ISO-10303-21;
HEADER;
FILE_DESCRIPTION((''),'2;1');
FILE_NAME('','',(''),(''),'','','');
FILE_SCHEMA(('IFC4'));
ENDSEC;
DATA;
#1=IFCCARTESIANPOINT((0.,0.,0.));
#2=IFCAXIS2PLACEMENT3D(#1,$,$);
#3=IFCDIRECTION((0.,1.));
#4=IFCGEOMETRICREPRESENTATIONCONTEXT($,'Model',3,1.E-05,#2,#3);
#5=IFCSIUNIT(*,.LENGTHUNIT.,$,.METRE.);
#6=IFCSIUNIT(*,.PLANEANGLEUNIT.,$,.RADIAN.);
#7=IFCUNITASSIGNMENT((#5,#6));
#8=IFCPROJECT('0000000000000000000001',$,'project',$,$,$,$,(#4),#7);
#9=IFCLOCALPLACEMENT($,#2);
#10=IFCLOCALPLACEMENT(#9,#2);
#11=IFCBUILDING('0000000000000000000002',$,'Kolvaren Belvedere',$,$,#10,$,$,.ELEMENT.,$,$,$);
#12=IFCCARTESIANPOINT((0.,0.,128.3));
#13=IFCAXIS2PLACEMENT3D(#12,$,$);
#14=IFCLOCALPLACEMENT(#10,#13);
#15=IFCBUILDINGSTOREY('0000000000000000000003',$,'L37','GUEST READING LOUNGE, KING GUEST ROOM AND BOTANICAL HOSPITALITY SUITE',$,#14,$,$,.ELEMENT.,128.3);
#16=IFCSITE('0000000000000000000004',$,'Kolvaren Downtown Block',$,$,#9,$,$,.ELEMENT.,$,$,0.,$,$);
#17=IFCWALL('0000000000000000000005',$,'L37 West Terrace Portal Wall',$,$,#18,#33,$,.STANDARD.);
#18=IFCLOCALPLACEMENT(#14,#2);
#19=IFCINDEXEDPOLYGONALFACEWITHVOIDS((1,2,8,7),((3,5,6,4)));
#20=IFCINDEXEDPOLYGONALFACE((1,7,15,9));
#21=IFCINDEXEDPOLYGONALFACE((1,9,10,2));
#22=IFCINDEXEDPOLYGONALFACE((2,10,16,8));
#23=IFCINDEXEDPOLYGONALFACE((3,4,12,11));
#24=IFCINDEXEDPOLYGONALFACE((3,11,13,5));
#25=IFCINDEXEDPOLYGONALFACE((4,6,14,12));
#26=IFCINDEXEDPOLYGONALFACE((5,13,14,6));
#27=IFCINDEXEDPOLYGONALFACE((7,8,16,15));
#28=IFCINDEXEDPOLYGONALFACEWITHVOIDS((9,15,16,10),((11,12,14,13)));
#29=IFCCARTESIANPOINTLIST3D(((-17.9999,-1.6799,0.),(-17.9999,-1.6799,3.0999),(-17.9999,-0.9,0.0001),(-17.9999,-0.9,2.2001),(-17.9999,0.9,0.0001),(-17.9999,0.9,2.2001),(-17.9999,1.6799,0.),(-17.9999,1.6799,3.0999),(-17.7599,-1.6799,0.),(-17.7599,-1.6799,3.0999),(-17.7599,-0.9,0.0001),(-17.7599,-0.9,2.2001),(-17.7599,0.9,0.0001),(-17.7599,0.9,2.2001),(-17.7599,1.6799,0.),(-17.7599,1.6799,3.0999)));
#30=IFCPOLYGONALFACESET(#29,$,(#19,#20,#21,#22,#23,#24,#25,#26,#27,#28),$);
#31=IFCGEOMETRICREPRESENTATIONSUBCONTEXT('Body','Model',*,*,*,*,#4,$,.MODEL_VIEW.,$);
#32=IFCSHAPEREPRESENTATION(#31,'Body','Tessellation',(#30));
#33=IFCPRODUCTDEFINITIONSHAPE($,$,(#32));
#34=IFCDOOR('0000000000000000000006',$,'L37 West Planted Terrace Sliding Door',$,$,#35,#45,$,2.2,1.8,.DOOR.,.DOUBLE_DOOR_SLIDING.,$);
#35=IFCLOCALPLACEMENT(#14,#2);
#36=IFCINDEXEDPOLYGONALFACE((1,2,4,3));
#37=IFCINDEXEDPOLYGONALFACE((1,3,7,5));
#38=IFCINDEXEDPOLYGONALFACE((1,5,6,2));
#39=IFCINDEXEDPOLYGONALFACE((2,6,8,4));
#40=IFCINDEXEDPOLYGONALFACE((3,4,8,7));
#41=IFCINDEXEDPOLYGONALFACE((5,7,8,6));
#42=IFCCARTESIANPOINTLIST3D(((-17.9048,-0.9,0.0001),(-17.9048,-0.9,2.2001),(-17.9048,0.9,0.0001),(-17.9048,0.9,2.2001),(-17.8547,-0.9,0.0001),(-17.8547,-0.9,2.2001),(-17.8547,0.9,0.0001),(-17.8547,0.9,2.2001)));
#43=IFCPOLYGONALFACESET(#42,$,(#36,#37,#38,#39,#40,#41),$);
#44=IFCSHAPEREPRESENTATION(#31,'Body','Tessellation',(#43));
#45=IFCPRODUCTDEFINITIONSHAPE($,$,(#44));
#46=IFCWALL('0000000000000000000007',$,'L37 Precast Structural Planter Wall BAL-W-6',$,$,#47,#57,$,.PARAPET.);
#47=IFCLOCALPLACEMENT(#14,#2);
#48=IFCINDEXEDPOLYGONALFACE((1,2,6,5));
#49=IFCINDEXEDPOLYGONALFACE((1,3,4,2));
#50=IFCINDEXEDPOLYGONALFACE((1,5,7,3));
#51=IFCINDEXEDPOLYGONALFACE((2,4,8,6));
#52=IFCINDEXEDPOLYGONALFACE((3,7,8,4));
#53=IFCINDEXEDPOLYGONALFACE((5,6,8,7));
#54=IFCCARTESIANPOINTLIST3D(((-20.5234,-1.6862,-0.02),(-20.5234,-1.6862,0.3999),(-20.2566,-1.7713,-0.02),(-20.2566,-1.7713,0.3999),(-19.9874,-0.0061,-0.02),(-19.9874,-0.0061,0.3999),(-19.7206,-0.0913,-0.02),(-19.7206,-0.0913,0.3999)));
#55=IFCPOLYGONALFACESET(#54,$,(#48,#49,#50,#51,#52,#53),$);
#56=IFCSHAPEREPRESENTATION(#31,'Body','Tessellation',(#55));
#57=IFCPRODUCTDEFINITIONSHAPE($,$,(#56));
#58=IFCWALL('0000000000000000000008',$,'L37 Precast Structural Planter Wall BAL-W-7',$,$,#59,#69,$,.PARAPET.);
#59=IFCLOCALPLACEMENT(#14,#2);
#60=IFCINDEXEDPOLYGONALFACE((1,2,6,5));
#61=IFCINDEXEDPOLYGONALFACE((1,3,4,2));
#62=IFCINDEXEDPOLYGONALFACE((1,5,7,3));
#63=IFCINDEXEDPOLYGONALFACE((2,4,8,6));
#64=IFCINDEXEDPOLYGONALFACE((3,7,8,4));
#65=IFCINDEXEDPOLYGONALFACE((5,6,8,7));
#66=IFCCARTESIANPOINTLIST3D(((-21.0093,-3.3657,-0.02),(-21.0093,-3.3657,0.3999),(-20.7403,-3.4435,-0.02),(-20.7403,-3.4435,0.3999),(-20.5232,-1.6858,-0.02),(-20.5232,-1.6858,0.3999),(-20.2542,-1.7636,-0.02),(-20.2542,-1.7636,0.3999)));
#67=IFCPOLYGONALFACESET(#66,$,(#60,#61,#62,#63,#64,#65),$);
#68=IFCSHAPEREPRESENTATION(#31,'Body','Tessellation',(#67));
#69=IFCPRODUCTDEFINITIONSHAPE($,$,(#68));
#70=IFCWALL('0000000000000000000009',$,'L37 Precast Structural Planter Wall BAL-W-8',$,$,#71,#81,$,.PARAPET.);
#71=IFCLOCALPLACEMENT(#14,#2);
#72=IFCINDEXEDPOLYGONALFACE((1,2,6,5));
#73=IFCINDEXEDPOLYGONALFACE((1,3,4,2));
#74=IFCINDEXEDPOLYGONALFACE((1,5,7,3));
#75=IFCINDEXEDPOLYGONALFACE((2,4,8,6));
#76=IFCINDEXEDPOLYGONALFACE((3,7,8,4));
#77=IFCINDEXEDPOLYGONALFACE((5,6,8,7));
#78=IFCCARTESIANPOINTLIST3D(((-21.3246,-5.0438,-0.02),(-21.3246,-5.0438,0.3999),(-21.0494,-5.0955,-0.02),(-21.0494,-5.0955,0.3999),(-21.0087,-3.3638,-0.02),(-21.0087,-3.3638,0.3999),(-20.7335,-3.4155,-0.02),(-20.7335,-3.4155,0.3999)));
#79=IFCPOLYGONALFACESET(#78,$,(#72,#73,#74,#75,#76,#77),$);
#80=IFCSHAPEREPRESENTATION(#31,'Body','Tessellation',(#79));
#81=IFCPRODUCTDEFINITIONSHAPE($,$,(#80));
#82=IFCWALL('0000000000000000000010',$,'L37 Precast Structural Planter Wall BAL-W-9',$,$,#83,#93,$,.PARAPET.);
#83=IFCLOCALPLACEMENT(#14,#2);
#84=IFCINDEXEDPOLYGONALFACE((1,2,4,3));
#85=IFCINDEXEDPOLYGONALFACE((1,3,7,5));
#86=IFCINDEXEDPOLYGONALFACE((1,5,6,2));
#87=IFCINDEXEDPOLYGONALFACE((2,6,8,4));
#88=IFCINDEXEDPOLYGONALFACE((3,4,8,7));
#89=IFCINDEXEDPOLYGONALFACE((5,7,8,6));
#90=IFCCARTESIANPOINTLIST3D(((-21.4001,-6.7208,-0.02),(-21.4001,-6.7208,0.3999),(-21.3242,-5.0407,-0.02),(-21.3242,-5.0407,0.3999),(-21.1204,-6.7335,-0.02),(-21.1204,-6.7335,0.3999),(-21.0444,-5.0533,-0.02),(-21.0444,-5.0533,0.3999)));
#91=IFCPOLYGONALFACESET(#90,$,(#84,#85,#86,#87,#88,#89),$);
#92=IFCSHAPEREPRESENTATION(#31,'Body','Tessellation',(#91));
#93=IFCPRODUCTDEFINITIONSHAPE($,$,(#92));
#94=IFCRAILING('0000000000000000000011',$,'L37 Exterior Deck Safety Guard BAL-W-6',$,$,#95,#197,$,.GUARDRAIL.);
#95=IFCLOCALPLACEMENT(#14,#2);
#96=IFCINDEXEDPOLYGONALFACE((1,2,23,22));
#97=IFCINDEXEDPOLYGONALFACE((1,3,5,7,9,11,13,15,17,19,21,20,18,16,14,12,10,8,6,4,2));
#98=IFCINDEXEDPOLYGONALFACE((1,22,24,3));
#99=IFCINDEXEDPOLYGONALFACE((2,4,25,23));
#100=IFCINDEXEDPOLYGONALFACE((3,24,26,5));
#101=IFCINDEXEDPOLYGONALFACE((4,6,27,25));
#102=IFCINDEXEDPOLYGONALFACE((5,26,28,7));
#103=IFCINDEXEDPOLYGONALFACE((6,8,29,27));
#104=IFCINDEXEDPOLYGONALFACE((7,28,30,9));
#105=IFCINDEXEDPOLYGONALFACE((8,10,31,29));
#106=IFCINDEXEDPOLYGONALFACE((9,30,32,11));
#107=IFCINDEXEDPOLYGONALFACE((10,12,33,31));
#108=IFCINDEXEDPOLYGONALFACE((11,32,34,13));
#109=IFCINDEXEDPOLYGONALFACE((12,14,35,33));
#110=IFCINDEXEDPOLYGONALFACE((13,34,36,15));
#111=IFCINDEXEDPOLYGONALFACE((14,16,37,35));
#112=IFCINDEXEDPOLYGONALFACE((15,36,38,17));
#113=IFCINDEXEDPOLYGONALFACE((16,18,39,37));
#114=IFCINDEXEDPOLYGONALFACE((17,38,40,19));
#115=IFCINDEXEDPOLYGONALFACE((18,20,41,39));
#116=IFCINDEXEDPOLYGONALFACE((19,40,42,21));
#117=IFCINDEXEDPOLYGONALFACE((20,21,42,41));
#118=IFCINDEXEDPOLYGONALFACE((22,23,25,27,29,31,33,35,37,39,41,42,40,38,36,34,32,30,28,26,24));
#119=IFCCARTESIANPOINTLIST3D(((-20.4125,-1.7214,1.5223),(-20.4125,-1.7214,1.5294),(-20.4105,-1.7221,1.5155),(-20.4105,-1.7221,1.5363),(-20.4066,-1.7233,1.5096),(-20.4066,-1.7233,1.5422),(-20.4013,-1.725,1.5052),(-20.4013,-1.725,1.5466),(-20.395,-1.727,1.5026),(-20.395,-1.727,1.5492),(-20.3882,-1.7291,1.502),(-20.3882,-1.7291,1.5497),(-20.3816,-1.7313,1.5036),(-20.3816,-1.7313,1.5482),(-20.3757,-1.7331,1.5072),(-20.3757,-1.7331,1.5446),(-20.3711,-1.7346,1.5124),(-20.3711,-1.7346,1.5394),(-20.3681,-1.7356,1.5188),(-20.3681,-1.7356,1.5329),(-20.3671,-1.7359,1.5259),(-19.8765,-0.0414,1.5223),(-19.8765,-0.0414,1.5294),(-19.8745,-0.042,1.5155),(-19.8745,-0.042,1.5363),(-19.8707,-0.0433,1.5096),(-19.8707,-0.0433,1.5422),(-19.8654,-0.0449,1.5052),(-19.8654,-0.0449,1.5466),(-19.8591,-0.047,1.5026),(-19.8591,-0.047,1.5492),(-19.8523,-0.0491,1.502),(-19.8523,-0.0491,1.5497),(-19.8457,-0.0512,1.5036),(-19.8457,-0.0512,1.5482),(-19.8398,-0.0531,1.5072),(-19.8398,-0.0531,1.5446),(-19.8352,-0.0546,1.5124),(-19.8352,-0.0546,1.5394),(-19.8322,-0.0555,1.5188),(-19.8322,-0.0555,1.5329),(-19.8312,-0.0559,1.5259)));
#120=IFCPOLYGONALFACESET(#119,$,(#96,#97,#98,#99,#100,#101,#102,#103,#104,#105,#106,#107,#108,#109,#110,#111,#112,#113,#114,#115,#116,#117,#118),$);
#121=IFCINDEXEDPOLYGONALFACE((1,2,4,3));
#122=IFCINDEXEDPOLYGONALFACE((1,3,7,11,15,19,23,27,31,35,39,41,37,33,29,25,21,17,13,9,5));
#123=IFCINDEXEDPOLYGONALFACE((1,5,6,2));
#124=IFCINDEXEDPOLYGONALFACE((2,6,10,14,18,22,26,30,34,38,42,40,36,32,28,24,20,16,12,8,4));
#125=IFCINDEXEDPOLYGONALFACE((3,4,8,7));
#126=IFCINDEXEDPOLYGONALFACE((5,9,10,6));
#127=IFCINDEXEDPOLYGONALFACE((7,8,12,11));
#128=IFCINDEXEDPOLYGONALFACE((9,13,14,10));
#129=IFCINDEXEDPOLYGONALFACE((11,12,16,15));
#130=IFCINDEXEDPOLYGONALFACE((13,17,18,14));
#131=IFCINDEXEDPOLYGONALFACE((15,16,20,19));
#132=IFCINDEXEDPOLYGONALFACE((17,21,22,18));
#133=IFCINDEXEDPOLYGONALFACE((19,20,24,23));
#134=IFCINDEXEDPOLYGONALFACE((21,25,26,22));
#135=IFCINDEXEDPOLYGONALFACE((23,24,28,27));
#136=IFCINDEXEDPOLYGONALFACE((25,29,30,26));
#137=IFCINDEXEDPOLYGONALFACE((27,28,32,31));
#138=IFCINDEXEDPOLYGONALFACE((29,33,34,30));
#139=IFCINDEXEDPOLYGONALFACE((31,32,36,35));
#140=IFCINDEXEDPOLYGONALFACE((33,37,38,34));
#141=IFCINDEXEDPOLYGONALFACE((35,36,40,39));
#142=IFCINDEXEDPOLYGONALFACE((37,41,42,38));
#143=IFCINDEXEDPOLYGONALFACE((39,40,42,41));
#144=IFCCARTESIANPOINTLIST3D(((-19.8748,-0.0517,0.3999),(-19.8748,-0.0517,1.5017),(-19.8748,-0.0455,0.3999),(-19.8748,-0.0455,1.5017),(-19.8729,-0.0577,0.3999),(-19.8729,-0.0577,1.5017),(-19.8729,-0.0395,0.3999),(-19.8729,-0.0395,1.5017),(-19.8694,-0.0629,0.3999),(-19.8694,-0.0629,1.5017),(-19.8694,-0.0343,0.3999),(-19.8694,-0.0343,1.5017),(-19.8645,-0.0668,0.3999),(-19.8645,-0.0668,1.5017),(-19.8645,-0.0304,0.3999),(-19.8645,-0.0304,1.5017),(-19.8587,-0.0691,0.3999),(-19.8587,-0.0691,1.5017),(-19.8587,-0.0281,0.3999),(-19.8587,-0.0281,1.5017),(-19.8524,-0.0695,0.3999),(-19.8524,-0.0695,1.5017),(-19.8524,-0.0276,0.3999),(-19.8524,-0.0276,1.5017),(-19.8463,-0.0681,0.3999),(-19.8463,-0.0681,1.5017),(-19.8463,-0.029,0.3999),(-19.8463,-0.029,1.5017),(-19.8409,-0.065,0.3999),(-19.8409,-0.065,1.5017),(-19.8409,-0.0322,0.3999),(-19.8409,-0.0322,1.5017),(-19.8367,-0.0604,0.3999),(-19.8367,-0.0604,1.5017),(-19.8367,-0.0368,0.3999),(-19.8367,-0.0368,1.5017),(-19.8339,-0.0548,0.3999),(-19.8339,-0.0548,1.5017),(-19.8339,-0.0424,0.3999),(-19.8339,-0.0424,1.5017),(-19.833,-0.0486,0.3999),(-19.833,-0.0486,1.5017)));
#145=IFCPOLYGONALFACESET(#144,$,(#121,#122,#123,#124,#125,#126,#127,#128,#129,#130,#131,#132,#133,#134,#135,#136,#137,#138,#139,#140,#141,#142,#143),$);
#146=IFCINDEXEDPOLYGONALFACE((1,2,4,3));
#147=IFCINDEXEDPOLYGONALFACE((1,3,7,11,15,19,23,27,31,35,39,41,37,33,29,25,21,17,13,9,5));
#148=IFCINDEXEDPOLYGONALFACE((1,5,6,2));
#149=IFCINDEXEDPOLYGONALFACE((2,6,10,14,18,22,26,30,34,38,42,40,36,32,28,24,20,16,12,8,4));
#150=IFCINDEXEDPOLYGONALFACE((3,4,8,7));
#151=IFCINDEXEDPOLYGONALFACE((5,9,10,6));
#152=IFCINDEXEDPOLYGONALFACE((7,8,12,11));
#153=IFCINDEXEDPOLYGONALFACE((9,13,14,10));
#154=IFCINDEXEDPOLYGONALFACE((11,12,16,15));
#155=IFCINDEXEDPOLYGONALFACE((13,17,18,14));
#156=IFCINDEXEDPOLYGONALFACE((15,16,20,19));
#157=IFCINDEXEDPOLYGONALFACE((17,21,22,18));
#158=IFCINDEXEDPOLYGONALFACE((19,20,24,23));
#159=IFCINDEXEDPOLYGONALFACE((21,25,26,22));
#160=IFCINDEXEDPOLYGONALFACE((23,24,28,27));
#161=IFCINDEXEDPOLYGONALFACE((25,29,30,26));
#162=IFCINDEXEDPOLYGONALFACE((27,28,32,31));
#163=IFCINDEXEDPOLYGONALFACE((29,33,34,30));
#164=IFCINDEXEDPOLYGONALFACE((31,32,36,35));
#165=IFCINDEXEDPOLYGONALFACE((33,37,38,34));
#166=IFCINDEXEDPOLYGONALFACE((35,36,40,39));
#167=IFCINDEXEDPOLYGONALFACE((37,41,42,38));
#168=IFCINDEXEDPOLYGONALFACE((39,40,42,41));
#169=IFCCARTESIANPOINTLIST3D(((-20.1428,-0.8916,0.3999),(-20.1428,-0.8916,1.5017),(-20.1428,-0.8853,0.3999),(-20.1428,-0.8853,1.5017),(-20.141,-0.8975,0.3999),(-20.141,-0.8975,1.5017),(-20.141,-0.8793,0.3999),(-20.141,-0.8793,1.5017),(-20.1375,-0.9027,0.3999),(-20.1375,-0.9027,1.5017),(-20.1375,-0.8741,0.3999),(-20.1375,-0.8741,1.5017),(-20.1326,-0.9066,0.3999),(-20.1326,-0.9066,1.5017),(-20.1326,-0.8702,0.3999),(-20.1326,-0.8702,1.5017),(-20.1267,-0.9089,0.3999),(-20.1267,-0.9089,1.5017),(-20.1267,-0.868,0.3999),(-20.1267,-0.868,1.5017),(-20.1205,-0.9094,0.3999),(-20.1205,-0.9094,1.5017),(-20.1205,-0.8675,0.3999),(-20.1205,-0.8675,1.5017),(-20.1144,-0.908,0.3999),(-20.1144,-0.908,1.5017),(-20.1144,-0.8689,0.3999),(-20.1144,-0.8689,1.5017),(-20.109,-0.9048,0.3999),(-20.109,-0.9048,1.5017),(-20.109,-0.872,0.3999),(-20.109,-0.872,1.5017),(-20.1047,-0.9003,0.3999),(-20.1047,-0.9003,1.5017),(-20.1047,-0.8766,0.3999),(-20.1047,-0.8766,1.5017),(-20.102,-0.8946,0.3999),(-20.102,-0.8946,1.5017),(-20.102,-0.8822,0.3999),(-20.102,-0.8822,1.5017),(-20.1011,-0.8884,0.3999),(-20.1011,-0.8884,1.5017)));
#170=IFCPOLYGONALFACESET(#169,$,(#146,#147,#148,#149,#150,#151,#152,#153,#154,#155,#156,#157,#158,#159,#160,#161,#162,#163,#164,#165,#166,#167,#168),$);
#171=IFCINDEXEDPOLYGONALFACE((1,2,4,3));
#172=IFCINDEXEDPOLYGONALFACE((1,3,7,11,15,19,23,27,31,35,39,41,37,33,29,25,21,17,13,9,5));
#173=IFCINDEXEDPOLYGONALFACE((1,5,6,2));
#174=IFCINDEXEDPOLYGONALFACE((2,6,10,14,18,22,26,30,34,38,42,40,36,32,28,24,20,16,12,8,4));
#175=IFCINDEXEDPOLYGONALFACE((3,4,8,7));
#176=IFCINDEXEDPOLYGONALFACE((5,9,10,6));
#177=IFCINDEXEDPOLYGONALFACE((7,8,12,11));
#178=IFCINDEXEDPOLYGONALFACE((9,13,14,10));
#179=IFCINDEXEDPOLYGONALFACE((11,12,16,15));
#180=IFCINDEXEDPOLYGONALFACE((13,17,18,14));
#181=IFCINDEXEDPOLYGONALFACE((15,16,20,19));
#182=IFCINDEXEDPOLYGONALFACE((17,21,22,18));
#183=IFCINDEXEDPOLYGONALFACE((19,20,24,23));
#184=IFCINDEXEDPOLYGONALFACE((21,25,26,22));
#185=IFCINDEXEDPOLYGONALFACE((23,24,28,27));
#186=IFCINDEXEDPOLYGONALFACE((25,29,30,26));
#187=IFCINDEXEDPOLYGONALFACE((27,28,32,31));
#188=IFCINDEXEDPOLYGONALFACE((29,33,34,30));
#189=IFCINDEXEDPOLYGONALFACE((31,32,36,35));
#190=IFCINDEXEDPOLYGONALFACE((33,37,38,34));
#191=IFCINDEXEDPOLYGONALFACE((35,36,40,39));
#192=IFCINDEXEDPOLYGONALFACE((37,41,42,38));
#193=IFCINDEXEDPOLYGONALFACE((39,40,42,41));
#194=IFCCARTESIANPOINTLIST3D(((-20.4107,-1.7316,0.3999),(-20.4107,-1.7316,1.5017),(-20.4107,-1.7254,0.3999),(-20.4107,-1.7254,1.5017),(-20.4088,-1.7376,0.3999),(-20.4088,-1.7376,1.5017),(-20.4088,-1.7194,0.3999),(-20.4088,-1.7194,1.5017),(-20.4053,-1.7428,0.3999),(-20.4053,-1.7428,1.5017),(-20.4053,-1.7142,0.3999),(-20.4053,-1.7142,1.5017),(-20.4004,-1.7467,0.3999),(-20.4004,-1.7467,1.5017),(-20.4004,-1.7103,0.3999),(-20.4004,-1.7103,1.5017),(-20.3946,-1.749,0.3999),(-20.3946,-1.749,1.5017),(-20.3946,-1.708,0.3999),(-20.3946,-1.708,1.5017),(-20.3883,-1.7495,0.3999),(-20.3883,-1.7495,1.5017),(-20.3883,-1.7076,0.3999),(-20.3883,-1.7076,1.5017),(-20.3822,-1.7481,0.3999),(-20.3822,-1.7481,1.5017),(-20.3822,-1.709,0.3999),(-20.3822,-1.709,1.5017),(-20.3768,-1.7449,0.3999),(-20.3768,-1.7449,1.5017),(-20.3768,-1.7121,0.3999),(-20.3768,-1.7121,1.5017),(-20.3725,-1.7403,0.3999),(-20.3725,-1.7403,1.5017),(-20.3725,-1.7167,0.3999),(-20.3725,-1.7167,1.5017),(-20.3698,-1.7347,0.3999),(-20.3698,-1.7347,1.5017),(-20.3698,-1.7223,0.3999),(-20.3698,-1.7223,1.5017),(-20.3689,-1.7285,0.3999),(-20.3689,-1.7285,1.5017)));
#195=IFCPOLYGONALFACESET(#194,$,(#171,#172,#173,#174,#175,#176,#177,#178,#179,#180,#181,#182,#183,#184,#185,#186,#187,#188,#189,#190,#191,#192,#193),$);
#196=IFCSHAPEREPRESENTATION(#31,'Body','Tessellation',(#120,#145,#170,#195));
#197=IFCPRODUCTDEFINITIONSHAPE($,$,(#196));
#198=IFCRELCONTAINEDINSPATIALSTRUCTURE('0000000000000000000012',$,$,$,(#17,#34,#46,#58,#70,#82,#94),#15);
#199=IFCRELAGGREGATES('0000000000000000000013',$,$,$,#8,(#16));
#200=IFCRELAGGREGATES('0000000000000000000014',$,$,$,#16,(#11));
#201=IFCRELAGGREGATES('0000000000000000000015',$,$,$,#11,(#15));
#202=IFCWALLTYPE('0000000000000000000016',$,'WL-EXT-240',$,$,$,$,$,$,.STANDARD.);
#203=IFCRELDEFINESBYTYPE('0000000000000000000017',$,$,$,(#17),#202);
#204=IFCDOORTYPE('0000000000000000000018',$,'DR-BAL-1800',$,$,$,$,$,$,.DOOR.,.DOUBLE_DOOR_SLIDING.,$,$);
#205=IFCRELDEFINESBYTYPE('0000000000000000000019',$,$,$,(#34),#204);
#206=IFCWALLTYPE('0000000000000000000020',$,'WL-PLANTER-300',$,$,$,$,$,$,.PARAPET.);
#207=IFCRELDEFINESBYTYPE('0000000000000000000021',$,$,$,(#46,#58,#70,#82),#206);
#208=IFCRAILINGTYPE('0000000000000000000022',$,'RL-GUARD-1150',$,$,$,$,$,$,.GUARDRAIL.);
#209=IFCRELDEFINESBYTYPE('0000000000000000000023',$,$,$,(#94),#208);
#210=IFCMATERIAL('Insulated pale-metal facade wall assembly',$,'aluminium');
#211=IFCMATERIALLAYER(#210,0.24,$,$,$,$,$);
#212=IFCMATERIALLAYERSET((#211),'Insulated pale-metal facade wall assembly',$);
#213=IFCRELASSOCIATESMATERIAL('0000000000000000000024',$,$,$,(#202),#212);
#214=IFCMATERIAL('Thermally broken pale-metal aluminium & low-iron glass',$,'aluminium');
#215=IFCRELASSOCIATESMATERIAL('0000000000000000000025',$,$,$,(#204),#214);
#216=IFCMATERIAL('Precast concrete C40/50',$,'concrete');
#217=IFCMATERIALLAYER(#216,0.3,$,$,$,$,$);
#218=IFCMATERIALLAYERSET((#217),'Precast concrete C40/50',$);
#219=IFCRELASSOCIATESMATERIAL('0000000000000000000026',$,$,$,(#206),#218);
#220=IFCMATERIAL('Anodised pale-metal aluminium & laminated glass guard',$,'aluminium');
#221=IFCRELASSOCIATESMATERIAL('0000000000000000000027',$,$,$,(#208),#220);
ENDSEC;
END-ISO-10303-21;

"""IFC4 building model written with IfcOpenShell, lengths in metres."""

from ifc_helpers import new_model, si_unit, direction, frame, frame_2d, origin, origin_2d, place, context, subcontext, project, spatial, rectangle, circle, extrude, material, layer, layer_set, type_object, element, fill, save


model = new_model("IFC4")

# Units and contexts
model_context = context("Model", 3, precision=1e-05, world=origin(), true_north=direction((0.0, 1.0)))
body_context = subcontext(model_context, "Body", "Model", "MODEL_VIEW")
ifc_project = project(units=[si_unit("LENGTHUNIT", "METRE"), si_unit("PLANEANGLEUNIT", "RADIAN")], contexts=[model_context])

# Site, building, storey
site_placement = place(None, origin())
site = spatial("IfcSite", under=ifc_project, at=site_placement, Name="Kolvaren Downtown Block", CompositionType="ELEMENT", RefElevation=0.0)
building_placement = place(site_placement, origin())
building = spatial("IfcBuilding", under=site, at=building_placement, Name="Kolvaren Belvedere", CompositionType="ELEMENT")
storey_placement = place(building_placement, frame((0.0, 0.0, 128.3)))
storey = spatial("IfcBuildingStorey", under=building, at=storey_placement, Name="L37", Description="GUEST READING LOUNGE, KING GUEST ROOM AND BOTANICAL HOSPITALITY SUITE", CompositionType="ELEMENT", Elevation=128.3)

# Wall, opening, door
ifc_material_1 = material(Name="Insulated pale-metal facade wall assembly", Category="aluminium")
ifc_layer_1 = layer(ifc_material_1, 0.24)
ifc_layer_set_1 = layer_set([ifc_layer_1], Name="Insulated pale-metal facade wall assembly")
wall_type_1 = type_object("IfcWallType", Name="WL-EXT-240", PredefinedType="STANDARD", material=ifc_layer_set_1)
wall_1_placement = place(storey_placement, frame((-17.8799, -1.6799, 0.0), z_axis=(0.0, 0.0, 1.0), x_axis=(0.0, 1.0, 0.0)))
wall_1 = element("IfcWall", 1, at=wall_1_placement, inside=storey, type_object=wall_type_1, Name="L37 West Terrace Portal Wall", PredefinedType="STANDARD", context=body_context, shape_type="SweptSolid", body=[
    extrude(rectangle(XDim=3.3599, YDim=0.24, at=frame_2d((1.6799, 0.0))), origin(), (0.0, 0.0, 1.0), 3.0999),
])
opening_1_placement = place(wall_1_placement, frame((0.78, 0.0, 0.0)))
opening_1 = element("IfcOpeningElement", 2, at=opening_1_placement, cuts=wall_1, PredefinedType="OPENING", context=body_context, shape_type="SweptSolid", body=[
    extrude(rectangle(XDim=1.8, YDim=2.2, at=frame_2d((0.8999, 1.1001))), frame((0.0, 0.1299, 0.0), z_axis=(0.0, -1.0, 0.0), x_axis=(1.0, 0.0, 0.0)), (0.0, 0.0, 1.0), 0.26),
])
ifc_material_2 = material(Name="Thermally broken pale-metal aluminium & low-iron glass", Category="aluminium")
door_type_1 = type_object("IfcDoorType", Name="DR-BAL-1800", OperationType="DOUBLE_DOOR_SLIDING", PredefinedType="DOOR", material=ifc_material_2)
door_1_placement = place(opening_1_placement, origin())
door_1 = element("IfcDoor", 3, at=door_1_placement, inside=storey, type_object=door_type_1, Name="L37 West Planted Terrace Sliding Door", OperationType="DOUBLE_DOOR_SLIDING", OverallHeight=2.2, OverallWidth=1.8, PredefinedType="DOOR", context=body_context, shape_type="SweptSolid", body=[
    extrude(rectangle(XDim=1.8, YDim=2.2, at=frame_2d((0.8999, 1.1001))), frame((0.0, 0.0249, 0.0), z_axis=(0.0, -1.0, 0.0), x_axis=(1.0, 0.0, 0.0)), (0.0, 0.0, 1.0), 0.05),
])
fill(opening_1, door_1)

# Walls
ifc_material_3 = material(Name="Precast concrete C40/50", Category="concrete")
ifc_layer_2 = layer(ifc_material_3, 0.3)
ifc_layer_set_2 = layer_set([ifc_layer_2], Name="Precast concrete C40/50")
wall_type_2 = type_object("IfcWallType", Name="WL-PLANTER-300", PredefinedType="PARAPET", material=ifc_layer_set_2)
wall_2_placement = place(storey_placement, frame((-19.854, -0.0486, -0.02), z_axis=(0.0, 0.0, 1.0), x_axis=(-0.303906, -0.952702, 0.0)))
element("IfcWall", 4, at=wall_2_placement, inside=storey, type_object=wall_type_2, Name="L37 Precast Structural Planter Wall BAL-W-6", PredefinedType="PARAPET", context=body_context, shape_type="SweptSolid", body=[
    extrude(rectangle(XDim=1.7634, YDim=0.28, at=frame_2d((0.8818, 0.0))), origin(), (0.0, 0.0, 1.0), 0.4199),
])
wall_3_placement = place(storey_placement, frame((-20.3887, -1.7246, -0.02), z_axis=(0.0, 0.0, 1.0), x_axis=(-0.277946, -0.960597, 0.0)))
element("IfcWall", 5, at=wall_3_placement, inside=storey, type_object=wall_type_2, Name="L37 Precast Structural Planter Wall BAL-W-7", PredefinedType="PARAPET", context=body_context, shape_type="SweptSolid", body=[
    extrude(rectangle(XDim=1.7488, YDim=0.28, at=frame_2d((0.8745, 0.0))), origin(), (0.0, 0.0, 1.0), 0.4199),
])
wall_4_placement = place(storey_placement, frame((-20.8711, -3.3896, -0.02), z_axis=(0.0, 0.0, 1.0), x_axis=(-0.184815, -0.982773, 0.0)))
element("IfcWall", 6, at=wall_4_placement, inside=storey, type_object=wall_type_2, Name="L37 Precast Structural Planter Wall BAL-W-8", PredefinedType="PARAPET", context=body_context, shape_type="SweptSolid", body=[
    extrude(rectangle(XDim=1.7095, YDim=0.28, at=frame_2d((0.8547, 0.0))), origin(), (0.0, 0.0, 1.0), 0.4199),
])
wall_5_placement = place(storey_placement, frame((-21.1843, -5.0471, -0.02), z_axis=(0.0, 0.0, 1.0), x_axis=(-0.045144, -0.99898, 0.0)))
element("IfcWall", 7, at=wall_5_placement, inside=storey, type_object=wall_type_2, Name="L37 Precast Structural Planter Wall BAL-W-9", PredefinedType="PARAPET", context=body_context, shape_type="SweptSolid", body=[
    extrude(rectangle(XDim=1.6819, YDim=0.28, at=frame_2d((0.8408, 0.0))), origin(), (0.0, 0.0, 1.0), 0.4199),
])

# Railing
ifc_material_4 = material(Name="Anodised pale-metal aluminium & laminated glass guard", Category="aluminium")
railing_type = type_object("IfcRailingType", Name="RL-GUARD-1150", PredefinedType="GUARDRAIL", material=ifc_material_4)
railing_1_placement = place(storey_placement, frame((-19.854, -0.0486, 0.3999)))
element("IfcRailing", 8, at=railing_1_placement, inside=storey, type_object=railing_type, Name="L37 Exterior Deck Safety Guard BAL-W-6", PredefinedType="GUARDRAIL", context=body_context, shape_type="SweptSolid", body=[
    extrude(circle(Radius=0.0239, at=origin_2d()), frame((0.0, 0.0, 1.126), z_axis=(-0.303906, -0.952702, 0.0), x_axis=(0.952702, -0.303906, 0.0)), (0.0, 0.0, 1.0), 1.7634),
    extrude(circle(Radius=0.021, at=origin_2d()), origin(), (0.0, 0.0, 1.0), 1.1018),
    extrude(circle(Radius=0.021, at=origin_2d()), frame((-0.2681, -0.8398, 0.0)), (0.0, 0.0, 1.0), 1.1018),
    extrude(circle(Radius=0.021, at=origin_2d()), frame((-0.5359, -1.6799, 0.0)), (0.0, 0.0, 1.0), 1.1018),
])

save(model, "model.ifc")
